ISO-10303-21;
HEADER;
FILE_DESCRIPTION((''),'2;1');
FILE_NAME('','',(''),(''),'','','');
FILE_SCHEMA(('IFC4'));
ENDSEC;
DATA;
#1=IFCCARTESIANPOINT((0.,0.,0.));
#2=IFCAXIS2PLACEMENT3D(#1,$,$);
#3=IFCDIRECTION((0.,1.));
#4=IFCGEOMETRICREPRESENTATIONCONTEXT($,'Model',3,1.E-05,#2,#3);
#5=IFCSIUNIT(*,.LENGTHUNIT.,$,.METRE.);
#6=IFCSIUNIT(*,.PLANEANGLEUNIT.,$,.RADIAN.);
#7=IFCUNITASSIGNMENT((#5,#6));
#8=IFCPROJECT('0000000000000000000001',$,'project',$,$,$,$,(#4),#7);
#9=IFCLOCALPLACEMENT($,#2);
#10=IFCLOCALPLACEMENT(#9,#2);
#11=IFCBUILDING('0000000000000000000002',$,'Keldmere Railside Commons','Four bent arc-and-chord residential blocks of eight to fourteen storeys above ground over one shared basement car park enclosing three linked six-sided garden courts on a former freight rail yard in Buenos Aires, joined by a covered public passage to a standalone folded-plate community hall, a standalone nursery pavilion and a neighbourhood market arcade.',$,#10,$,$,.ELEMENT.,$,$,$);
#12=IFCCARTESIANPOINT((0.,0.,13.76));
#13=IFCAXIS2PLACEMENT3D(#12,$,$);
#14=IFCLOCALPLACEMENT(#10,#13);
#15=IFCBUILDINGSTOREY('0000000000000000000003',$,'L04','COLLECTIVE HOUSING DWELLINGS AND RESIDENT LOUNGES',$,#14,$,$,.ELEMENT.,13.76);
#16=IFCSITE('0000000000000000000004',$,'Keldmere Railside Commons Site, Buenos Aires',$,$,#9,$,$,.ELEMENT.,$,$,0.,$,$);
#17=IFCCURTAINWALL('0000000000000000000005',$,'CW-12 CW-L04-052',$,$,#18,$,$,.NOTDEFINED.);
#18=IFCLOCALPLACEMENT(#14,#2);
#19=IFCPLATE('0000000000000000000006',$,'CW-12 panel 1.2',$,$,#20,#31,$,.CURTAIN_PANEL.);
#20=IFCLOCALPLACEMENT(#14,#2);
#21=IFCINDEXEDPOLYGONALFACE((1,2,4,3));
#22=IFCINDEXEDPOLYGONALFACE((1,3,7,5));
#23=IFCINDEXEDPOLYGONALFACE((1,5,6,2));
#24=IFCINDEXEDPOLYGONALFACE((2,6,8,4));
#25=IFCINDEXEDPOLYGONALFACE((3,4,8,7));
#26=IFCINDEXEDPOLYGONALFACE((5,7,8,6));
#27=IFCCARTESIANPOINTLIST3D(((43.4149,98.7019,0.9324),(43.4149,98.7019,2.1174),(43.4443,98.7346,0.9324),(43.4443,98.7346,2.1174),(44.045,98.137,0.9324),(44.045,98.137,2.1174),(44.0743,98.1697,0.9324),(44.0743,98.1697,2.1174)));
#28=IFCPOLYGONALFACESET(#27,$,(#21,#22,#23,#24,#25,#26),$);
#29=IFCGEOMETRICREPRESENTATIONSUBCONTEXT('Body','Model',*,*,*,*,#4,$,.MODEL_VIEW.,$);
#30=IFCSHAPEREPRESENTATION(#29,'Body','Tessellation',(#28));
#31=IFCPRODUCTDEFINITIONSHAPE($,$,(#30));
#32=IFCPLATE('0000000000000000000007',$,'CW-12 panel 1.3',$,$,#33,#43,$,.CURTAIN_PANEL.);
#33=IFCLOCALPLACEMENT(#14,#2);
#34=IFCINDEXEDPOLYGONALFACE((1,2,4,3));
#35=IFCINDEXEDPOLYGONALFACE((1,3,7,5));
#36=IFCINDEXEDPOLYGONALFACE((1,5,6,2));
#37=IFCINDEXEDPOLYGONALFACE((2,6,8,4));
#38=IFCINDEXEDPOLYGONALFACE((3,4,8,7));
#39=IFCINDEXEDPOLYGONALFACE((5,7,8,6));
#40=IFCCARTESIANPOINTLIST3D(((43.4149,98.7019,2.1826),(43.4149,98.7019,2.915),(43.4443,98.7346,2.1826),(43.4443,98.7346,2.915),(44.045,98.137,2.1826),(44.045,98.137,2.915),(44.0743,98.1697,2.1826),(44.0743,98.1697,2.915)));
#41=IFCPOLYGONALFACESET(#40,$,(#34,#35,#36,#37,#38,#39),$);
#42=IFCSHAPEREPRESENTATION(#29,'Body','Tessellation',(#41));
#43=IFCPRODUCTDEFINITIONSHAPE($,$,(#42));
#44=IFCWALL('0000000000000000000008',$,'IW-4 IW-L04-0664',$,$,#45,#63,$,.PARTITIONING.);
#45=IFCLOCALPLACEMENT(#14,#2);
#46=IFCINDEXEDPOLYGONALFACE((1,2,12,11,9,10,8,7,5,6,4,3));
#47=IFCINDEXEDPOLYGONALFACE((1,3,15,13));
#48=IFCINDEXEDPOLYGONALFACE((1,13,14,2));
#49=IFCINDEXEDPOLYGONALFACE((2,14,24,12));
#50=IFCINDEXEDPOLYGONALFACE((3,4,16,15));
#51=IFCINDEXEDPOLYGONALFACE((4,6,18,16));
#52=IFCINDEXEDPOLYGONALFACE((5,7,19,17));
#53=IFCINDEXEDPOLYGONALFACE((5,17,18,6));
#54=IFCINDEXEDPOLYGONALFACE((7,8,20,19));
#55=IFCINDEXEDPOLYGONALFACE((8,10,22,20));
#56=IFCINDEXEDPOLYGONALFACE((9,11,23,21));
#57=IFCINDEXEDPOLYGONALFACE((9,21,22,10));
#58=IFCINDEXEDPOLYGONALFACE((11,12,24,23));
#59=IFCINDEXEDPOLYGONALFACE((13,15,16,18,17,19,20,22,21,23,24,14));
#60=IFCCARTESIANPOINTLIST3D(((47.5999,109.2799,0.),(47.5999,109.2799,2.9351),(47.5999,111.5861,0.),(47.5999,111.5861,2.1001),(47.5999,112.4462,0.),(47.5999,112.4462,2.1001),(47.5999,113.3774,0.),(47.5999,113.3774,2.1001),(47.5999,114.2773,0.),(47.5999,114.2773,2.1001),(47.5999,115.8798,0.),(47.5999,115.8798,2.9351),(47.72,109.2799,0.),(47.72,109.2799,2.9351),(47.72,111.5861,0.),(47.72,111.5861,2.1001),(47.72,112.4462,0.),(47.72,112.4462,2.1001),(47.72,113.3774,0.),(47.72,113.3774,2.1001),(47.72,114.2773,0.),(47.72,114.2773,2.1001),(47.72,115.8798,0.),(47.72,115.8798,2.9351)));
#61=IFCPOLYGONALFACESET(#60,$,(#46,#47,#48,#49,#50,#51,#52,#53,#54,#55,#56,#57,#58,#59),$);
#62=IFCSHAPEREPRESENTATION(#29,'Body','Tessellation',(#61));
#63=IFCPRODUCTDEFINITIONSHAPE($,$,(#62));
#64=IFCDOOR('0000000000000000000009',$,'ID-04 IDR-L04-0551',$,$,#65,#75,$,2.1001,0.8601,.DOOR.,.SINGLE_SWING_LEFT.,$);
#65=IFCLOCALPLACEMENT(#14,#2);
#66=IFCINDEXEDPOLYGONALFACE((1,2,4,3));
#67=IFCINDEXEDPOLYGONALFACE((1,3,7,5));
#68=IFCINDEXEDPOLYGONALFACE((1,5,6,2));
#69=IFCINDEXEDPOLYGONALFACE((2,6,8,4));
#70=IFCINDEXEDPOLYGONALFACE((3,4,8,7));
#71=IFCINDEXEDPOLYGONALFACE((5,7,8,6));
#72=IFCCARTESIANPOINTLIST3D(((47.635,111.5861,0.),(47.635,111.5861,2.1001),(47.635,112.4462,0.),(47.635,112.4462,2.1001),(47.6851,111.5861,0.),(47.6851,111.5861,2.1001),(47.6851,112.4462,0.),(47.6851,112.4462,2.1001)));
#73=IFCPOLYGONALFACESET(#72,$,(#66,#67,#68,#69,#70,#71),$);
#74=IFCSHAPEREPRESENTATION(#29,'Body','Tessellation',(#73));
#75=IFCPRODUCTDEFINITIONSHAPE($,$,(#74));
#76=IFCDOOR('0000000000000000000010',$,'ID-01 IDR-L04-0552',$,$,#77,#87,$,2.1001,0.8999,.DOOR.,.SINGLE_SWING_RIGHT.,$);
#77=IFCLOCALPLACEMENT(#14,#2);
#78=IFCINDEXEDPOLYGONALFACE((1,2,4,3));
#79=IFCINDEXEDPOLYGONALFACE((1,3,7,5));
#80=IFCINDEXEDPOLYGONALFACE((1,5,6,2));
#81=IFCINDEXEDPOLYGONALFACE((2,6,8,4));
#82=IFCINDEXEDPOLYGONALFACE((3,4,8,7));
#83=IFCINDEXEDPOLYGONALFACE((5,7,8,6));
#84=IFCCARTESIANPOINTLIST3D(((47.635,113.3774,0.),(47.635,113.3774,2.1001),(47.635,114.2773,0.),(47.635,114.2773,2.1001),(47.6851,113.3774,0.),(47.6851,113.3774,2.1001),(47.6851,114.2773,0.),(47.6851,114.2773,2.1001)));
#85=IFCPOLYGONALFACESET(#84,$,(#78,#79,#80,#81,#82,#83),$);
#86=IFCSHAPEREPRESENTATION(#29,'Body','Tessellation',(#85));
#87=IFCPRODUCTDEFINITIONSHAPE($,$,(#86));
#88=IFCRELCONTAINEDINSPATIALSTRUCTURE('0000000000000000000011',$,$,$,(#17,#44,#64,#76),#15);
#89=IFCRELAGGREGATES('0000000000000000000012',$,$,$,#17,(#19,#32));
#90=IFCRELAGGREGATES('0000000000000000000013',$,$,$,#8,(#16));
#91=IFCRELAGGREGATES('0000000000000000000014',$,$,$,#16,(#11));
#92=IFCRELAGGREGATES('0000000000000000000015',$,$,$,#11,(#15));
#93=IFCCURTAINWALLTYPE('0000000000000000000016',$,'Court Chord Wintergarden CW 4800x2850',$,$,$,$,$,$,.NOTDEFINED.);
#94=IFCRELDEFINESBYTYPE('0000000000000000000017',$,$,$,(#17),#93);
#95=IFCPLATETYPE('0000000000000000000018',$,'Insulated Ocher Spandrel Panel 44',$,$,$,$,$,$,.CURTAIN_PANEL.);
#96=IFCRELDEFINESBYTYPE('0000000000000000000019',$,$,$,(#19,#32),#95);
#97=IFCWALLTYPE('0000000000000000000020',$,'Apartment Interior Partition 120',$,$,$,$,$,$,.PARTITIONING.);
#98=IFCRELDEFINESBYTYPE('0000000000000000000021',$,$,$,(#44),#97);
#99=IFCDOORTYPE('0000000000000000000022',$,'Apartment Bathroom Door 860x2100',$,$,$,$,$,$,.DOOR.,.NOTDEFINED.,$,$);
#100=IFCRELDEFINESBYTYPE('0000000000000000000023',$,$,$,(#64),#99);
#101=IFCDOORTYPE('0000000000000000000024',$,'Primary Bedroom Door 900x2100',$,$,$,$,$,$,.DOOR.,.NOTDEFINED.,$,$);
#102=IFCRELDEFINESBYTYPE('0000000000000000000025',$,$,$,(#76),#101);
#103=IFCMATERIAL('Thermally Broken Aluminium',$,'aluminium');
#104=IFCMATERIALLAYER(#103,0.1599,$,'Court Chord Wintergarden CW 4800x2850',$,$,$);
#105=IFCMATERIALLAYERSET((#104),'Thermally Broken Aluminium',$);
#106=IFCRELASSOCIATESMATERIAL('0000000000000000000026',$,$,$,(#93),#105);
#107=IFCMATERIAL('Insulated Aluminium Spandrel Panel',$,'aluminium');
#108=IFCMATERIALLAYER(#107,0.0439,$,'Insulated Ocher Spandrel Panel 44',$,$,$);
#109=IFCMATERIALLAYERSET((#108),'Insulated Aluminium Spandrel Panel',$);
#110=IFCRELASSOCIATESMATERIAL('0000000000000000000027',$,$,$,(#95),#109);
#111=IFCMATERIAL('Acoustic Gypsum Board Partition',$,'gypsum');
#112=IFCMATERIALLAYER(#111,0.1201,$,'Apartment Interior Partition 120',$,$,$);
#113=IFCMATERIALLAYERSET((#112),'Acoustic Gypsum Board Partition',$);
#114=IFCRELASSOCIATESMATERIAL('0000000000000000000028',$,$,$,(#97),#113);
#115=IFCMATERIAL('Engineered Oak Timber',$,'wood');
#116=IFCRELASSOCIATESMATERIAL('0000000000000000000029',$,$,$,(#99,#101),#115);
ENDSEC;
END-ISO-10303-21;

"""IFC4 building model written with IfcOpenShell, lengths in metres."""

from ifc_helpers import new_model, si_unit, direction, frame, frame_2d, origin, origin_2d, place, context, subcontext, project, spatial, rectangle, extrude, material, layer, layer_set, type_object, element, fill, aggregate, save


model = new_model("IFC4")

# Units and contexts
model_context = context("Model", 3, precision=1e-05, world=origin(), true_north=direction((0.0, 1.0)))
body_context = subcontext(model_context, "Body", "Model", "MODEL_VIEW")
ifc_project = project(units=[si_unit("LENGTHUNIT", "METRE"), si_unit("PLANEANGLEUNIT", "RADIAN")], contexts=[model_context])

# Site, building, storey
site_placement = place(None, origin())
site = spatial("IfcSite", under=ifc_project, at=site_placement, Name="Keldmere Railside Commons Site, Buenos Aires", CompositionType="ELEMENT", RefElevation=0.0)
building_placement = place(site_placement, origin())
building = spatial("IfcBuilding", under=site, at=building_placement, Name="Keldmere Railside Commons", Description="Four bent arc-and-chord residential blocks of eight to fourteen storeys above ground over one shared basement car park enclosing three linked six-sided garden courts on a former freight rail yard in Buenos Aires, joined by a covered public passage to a standalone folded-plate community hall, a standalone nursery pavilion and a neighbourhood market arcade.", CompositionType="ELEMENT")
storey_placement = place(building_placement, frame((0.0, 0.0, 13.76)))
storey = spatial("IfcBuildingStorey", under=building, at=storey_placement, Name="L04", Description="COLLECTIVE HOUSING DWELLINGS AND RESIDENT LOUNGES", CompositionType="ELEMENT", Elevation=13.76)

# Curtain wall, plates
ifc_material_1 = material(Name="Thermally Broken Aluminium", Category="aluminium")
ifc_layer_1 = layer(ifc_material_1, 0.1599, Name="Court Chord Wintergarden CW 4800x2850")
ifc_layer_set_1 = layer_set([ifc_layer_1], Name="Thermally Broken Aluminium")
curtain_wall_type = type_object("IfcCurtainWallType", Name="Court Chord Wintergarden CW 4800x2850", PredefinedType="NOTDEFINED", material=ifc_layer_set_1)
curtain_wall_placement = place(storey_placement, origin())
curtain_wall = element("IfcCurtainWall", 1, at=curtain_wall_placement, inside=storey, type_object=curtain_wall_type, Name="CW-12 CW-L04-052", PredefinedType="NOTDEFINED")
ifc_material_2 = material(Name="Insulated Aluminium Spandrel Panel", Category="aluminium")
ifc_layer_2 = layer(ifc_material_2, 0.0439, Name="Insulated Ocher Spandrel Panel 44")
ifc_layer_set_2 = layer_set([ifc_layer_2], Name="Insulated Aluminium Spandrel Panel")
plate_type = type_object("IfcPlateType", Name="Insulated Ocher Spandrel Panel 44", PredefinedType="CURTAIN_PANEL", material=ifc_layer_set_2)
plate_1_placement = place(storey_placement, frame((43.7446, 98.4358, 0.9324), z_axis=(0.0, 0.0, 1.0), x_axis=(-0.744557, 0.667559, 0.0)))
plate_1 = element("IfcPlate", 2, at=plate_1_placement, type_object=plate_type, Name="CW-12 panel 1.2", PredefinedType="CURTAIN_PANEL", context=body_context, shape_type="SweptSolid", body=[
    extrude(rectangle(XDim=0.8462, YDim=0.0439, at=origin_2d()), origin(), (0.0, 0.0, 1.0), 1.1851),
])
plate_2_placement = place(storey_placement, frame((43.7446, 98.4358, 2.1826), z_axis=(0.0, 0.0, 1.0), x_axis=(-0.744557, 0.667559, 0.0)))
plate_2 = element("IfcPlate", 3, at=plate_2_placement, type_object=plate_type, Name="CW-12 panel 1.3", PredefinedType="CURTAIN_PANEL", context=body_context, shape_type="SweptSolid", body=[
    extrude(rectangle(XDim=0.8462, YDim=0.0439, at=origin_2d()), origin(), (0.0, 0.0, 1.0), 0.7324),
])
aggregate(curtain_wall, [plate_1, plate_2])

# Wall, openings, doors
ifc_material_3 = material(Name="Acoustic Gypsum Board Partition", Category="gypsum")
ifc_layer_3 = layer(ifc_material_3, 0.1201, Name="Apartment Interior Partition 120")
ifc_layer_set_3 = layer_set([ifc_layer_3], Name="Acoustic Gypsum Board Partition")
wall_type = type_object("IfcWallType", Name="Apartment Interior Partition 120", PredefinedType="PARTITIONING", material=ifc_layer_set_3)
wall_placement = place(storey_placement, frame((47.6599, 109.28, 0.0), z_axis=(0.0, 0.0, 1.0), x_axis=(0.0, 1.0, 0.0)))
wall = element("IfcWall", 4, at=wall_placement, inside=storey, type_object=wall_type, Name="IW-4 IW-L04-0664", PredefinedType="PARTITIONING", context=body_context, shape_type="SweptSolid", body=[
    extrude(rectangle(XDim=6.5999, YDim=0.1201, at=frame_2d((3.2998, 0.0))), origin(), (0.0, 0.0, 1.0), 2.9351),
])
opening_1_placement = place(wall_placement, frame((2.3059, 0.0, 0.0)))
opening_1 = element("IfcOpeningElement", 5, at=opening_1_placement, cuts=wall, PredefinedType="OPENING", context=body_context, shape_type="SweptSolid", body=[
    extrude(rectangle(XDim=0.8601, YDim=2.1001, at=frame_2d((0.4302, 1.05))), frame((0.0, 0.0701, 0.0), z_axis=(0.0, -1.0, 0.0), x_axis=(1.0, 0.0, 0.0)), (0.0, 0.0, 1.0), 0.1401),
])
opening_2_placement = place(wall_placement, frame((4.0974, 0.0, 0.0)))
opening_2 = element("IfcOpeningElement", 6, at=opening_2_placement, cuts=wall, PredefinedType="OPENING", context=body_context, shape_type="SweptSolid", body=[
    extrude(rectangle(XDim=0.8999, YDim=2.1001, at=frame_2d((0.45, 1.05))), frame((0.0, 0.0701, 0.0), z_axis=(0.0, -1.0, 0.0), x_axis=(1.0, 0.0, 0.0)), (0.0, 0.0, 1.0), 0.1401),
])
ifc_material_4 = material(Name="Engineered Oak Timber", Category="wood")
door_type_1 = type_object("IfcDoorType", Name="Apartment Bathroom Door 860x2100", OperationType="NOTDEFINED", PredefinedType="DOOR", material=ifc_material_4)
door_1_placement = place(opening_1_placement, origin())
door_1 = element("IfcDoor", 7, at=door_1_placement, inside=storey, type_object=door_type_1, Name="ID-04 IDR-L04-0551", OperationType="SINGLE_SWING_LEFT", OverallHeight=2.1001, OverallWidth=0.8601, PredefinedType="DOOR", context=body_context, shape_type="SweptSolid", body=[
    extrude(rectangle(XDim=0.8601, YDim=2.1001, at=frame_2d((0.4302, 1.05))), frame((0.0, 0.0249, 0.0), z_axis=(0.0, -1.0, 0.0), x_axis=(1.0, 0.0, 0.0)), (0.0, 0.0, 1.0), 0.05),
])
fill(opening_1, door_1)
door_type_2 = type_object("IfcDoorType", Name="Primary Bedroom Door 900x2100", OperationType="NOTDEFINED", PredefinedType="DOOR", material=ifc_material_4)
door_2_placement = place(opening_2_placement, origin())
door_2 = element("IfcDoor", 8, at=door_2_placement, inside=storey, type_object=door_type_2, Name="ID-01 IDR-L04-0552", OperationType="SINGLE_SWING_RIGHT", OverallHeight=2.1001, OverallWidth=0.8999, PredefinedType="DOOR", context=body_context, shape_type="SweptSolid", body=[
    extrude(rectangle(XDim=0.8999, YDim=2.1001, at=frame_2d((0.45, 1.05))), frame((0.0, 0.0249, 0.0), z_axis=(0.0, -1.0, 0.0), x_axis=(1.0, 0.0, 0.0)), (0.0, 0.0, 1.0), 0.05),
])
fill(opening_2, door_2)

save(model, "model.ifc")
